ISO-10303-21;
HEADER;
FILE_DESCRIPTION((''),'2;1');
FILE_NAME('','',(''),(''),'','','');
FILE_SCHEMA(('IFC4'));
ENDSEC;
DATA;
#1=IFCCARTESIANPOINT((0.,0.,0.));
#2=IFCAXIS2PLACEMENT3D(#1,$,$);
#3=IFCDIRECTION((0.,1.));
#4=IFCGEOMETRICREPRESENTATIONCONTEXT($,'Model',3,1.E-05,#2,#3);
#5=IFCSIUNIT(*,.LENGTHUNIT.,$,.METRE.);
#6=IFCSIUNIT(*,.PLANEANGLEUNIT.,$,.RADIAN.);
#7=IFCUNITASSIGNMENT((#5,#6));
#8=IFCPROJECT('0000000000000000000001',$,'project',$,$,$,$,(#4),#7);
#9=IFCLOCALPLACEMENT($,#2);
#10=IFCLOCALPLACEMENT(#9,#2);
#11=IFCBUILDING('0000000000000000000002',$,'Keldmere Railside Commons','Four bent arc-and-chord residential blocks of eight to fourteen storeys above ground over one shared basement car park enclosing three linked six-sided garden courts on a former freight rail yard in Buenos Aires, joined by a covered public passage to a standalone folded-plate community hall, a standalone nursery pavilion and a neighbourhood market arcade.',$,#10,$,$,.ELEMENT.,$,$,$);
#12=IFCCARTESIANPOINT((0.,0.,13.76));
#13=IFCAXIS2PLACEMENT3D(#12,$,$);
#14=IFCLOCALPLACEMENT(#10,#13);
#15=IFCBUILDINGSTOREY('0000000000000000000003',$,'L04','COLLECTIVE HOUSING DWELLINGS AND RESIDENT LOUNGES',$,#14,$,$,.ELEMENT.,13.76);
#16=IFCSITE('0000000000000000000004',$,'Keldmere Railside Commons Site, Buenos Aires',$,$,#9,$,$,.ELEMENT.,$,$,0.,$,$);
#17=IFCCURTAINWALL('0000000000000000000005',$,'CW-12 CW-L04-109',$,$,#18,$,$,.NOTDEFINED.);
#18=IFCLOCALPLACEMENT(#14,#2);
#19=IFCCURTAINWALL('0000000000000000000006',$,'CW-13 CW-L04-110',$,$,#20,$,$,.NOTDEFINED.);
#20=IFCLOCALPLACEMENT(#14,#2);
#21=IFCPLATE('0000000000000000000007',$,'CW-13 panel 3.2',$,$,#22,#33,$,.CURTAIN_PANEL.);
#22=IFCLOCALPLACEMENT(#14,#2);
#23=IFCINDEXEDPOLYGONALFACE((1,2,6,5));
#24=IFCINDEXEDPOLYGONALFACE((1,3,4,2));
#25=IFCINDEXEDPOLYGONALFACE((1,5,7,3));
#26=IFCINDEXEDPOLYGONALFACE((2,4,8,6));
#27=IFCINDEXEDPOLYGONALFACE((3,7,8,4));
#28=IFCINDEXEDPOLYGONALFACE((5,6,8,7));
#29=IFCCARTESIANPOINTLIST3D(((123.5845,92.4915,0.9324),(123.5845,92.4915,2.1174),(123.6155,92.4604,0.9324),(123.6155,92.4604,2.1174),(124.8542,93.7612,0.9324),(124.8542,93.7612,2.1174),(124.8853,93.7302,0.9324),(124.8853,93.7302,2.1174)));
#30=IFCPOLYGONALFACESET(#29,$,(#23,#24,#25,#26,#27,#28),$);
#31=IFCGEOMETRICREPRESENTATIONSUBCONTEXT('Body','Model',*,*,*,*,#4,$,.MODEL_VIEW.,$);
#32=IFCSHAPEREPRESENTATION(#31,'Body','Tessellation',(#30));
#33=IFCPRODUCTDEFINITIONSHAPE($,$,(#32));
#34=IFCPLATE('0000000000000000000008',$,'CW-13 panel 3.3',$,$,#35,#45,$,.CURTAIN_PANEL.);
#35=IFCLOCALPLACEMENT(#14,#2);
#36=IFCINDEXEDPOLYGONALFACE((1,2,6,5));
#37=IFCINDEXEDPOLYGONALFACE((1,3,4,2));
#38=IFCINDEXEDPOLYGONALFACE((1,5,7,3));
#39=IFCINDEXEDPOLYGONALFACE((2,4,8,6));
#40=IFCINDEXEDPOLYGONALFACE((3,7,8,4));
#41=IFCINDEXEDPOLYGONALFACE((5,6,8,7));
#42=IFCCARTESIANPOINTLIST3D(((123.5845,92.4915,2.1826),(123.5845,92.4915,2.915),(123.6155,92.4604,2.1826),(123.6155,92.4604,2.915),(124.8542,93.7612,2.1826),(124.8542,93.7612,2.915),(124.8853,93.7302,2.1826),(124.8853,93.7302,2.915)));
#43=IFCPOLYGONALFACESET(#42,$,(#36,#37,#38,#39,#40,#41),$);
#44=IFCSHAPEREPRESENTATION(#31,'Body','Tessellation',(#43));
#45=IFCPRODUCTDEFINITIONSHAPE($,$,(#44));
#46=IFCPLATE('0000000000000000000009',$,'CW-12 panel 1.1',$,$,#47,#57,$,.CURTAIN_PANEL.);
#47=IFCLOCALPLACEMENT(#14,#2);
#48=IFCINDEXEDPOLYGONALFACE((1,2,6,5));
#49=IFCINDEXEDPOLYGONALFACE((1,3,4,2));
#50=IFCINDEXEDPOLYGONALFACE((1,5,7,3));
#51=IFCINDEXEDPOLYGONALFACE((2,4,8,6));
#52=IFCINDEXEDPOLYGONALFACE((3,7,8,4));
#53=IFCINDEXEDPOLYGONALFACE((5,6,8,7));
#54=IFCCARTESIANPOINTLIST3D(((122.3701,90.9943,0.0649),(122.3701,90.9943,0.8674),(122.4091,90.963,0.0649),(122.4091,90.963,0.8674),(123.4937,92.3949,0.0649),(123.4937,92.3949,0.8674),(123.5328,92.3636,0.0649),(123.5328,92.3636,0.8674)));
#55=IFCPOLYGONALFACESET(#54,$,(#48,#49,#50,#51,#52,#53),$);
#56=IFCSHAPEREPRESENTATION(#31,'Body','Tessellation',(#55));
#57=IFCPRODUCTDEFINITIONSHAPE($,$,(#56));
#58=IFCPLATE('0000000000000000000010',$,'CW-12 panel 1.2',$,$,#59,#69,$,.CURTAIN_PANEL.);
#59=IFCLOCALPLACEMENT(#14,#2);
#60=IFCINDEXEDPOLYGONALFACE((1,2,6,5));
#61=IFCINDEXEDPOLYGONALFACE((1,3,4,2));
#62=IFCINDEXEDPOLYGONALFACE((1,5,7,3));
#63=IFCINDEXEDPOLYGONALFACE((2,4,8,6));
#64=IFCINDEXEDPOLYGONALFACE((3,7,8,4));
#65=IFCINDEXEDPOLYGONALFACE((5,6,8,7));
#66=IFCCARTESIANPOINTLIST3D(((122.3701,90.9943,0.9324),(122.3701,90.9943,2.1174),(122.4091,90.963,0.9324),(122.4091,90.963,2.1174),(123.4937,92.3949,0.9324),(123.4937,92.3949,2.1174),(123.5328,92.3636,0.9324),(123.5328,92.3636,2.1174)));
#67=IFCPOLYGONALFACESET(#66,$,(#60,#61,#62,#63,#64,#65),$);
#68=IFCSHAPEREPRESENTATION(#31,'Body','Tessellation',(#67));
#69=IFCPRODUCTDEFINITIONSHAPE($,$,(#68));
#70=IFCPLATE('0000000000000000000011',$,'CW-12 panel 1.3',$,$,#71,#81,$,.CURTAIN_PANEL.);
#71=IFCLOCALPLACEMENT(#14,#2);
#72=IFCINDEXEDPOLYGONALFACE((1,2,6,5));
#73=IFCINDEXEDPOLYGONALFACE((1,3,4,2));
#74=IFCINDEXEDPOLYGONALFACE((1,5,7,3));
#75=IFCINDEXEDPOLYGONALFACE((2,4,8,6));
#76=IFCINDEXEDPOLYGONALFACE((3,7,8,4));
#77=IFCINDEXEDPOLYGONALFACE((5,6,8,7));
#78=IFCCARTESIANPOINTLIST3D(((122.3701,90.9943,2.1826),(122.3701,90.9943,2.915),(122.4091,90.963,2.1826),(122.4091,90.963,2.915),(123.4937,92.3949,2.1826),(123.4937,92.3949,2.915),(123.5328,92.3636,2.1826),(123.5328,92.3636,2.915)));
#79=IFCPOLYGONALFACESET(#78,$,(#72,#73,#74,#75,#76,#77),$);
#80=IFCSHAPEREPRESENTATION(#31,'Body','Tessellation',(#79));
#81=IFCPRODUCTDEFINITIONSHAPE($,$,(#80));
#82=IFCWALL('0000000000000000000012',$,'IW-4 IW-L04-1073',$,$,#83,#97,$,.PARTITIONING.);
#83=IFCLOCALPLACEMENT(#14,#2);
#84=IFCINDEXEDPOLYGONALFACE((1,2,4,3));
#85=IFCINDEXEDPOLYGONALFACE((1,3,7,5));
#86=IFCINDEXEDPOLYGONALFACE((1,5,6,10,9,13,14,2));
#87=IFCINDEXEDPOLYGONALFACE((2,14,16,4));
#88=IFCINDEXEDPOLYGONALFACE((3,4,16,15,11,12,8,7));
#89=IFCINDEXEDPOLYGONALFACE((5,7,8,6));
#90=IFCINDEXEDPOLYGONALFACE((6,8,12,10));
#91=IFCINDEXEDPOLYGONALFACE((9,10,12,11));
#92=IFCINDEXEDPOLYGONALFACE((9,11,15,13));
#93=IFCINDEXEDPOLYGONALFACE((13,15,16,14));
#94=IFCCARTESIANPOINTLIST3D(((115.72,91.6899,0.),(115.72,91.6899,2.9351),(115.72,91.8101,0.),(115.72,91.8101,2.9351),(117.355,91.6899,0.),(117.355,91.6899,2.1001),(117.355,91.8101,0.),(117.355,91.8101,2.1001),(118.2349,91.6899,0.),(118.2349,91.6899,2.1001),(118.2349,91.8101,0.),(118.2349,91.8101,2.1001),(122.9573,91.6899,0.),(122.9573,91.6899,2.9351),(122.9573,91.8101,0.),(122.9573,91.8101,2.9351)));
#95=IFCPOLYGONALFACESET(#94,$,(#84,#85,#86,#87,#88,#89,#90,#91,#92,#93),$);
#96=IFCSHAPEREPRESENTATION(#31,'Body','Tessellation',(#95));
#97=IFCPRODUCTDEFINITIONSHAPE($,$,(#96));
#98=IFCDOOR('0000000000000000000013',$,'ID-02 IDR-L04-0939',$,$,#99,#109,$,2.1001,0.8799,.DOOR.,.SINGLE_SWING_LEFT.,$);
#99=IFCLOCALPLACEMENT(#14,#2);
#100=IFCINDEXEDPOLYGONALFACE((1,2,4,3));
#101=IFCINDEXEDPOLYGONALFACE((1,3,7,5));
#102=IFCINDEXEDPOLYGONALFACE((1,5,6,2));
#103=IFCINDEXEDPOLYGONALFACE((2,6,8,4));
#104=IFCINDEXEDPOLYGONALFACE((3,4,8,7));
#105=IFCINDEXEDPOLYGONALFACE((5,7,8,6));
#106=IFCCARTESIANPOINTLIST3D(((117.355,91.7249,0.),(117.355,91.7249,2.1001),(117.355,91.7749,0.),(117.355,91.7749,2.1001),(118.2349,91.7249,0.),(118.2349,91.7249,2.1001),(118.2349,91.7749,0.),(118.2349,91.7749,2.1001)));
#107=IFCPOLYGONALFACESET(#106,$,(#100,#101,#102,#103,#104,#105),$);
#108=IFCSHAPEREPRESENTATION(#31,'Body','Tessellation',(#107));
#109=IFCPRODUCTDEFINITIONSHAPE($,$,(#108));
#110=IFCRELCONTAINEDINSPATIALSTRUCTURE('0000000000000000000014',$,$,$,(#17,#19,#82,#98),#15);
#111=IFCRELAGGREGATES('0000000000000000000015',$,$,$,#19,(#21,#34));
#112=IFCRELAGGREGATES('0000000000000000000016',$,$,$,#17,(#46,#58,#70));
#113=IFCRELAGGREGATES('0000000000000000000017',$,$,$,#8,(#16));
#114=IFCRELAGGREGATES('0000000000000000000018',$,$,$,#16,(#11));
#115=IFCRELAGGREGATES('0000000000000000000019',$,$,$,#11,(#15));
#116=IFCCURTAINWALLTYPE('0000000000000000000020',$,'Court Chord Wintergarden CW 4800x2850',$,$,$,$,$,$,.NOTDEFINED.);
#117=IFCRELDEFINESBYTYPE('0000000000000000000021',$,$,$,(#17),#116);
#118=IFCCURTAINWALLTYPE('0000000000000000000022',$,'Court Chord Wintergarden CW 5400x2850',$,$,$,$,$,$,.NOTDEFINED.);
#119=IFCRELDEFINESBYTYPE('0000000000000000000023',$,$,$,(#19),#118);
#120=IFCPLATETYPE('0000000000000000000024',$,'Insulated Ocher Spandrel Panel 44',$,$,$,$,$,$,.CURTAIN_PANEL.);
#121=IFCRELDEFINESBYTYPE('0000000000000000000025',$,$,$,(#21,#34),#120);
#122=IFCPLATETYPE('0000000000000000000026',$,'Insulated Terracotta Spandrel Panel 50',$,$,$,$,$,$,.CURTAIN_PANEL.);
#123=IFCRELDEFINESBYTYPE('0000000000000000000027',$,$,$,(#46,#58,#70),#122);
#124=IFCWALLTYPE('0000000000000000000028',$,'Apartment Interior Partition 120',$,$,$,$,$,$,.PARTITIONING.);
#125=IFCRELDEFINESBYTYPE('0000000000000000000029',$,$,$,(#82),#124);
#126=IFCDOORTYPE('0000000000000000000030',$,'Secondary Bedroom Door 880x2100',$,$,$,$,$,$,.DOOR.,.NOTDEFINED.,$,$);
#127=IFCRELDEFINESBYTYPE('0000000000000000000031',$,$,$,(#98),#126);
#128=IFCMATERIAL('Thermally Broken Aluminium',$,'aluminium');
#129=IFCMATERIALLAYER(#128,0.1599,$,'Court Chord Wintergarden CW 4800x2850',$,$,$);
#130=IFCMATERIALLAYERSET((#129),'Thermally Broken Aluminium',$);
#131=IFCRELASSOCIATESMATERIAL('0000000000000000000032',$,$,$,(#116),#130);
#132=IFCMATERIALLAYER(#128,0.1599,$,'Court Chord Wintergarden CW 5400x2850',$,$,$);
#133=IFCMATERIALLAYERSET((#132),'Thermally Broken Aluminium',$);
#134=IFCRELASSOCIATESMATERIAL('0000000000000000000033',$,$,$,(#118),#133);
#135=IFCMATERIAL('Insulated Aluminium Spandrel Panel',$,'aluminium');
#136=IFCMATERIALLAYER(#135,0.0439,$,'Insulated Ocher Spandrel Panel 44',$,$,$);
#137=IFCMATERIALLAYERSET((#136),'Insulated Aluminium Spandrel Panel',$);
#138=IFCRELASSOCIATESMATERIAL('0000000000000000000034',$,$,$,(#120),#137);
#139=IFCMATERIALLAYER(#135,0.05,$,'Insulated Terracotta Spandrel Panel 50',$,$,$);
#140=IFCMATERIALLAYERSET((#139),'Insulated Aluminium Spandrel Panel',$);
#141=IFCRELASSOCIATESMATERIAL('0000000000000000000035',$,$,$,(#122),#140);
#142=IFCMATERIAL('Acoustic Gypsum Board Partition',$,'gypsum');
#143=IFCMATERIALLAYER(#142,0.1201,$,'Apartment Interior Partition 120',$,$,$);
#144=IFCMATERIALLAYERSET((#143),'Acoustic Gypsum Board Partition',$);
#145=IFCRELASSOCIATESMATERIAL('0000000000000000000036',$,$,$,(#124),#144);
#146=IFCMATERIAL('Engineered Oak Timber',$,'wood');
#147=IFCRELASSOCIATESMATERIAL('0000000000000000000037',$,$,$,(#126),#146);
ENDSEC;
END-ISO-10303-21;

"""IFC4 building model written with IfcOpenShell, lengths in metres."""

from ifc_helpers import new_model, si_unit, direction, frame, frame_2d, origin, origin_2d, place, context, subcontext, project, spatial, rectangle, extrude, material, layer, layer_set, type_object, element, fill, aggregate, save


model = new_model("IFC4")

# Units and contexts
model_context = context("Model", 3, precision=1e-05, world=origin(), true_north=direction((0.0, 1.0)))
body_context = subcontext(model_context, "Body", "Model", "MODEL_VIEW")
ifc_project = project(units=[si_unit("LENGTHUNIT", "METRE"), si_unit("PLANEANGLEUNIT", "RADIAN")], contexts=[model_context])

# Site, building, storey
site_placement = place(None, origin())
site = spatial("IfcSite", under=ifc_project, at=site_placement, Name="Keldmere Railside Commons Site, Buenos Aires", CompositionType="ELEMENT", RefElevation=0.0)
building_placement = place(site_placement, origin())
building = spatial("IfcBuilding", under=site, at=building_placement, Name="Keldmere Railside Commons", Description="Four bent arc-and-chord residential blocks of eight to fourteen storeys above ground over one shared basement car park enclosing three linked six-sided garden courts on a former freight rail yard in Buenos Aires, joined by a covered public passage to a standalone folded-plate community hall, a standalone nursery pavilion and a neighbourhood market arcade.", CompositionType="ELEMENT")
storey_placement = place(building_placement, frame((0.0, 0.0, 13.76)))
storey = spatial("IfcBuildingStorey", under=building, at=storey_placement, Name="L04", Description="COLLECTIVE HOUSING DWELLINGS AND RESIDENT LOUNGES", CompositionType="ELEMENT", Elevation=13.76)

# Curtain walls
ifc_material_1 = material(Name="Thermally Broken Aluminium", Category="aluminium")
ifc_layer_1 = layer(ifc_material_1, 0.1599, Name="Court Chord Wintergarden CW 4800x2850")
ifc_layer_set_1 = layer_set([ifc_layer_1], Name="Thermally Broken Aluminium")
curtain_wall_type_1 = type_object("IfcCurtainWallType", Name="Court Chord Wintergarden CW 4800x2850", PredefinedType="NOTDEFINED", material=ifc_layer_set_1)
curtain_wall_1_placement = place(storey_placement, origin())
curtain_wall_1 = element("IfcCurtainWall", 1, at=curtain_wall_1_placement, inside=storey, type_object=curtain_wall_type_1, Name="CW-12 CW-L04-109", PredefinedType="NOTDEFINED")
ifc_layer_2 = layer(ifc_material_1, 0.1599, Name="Court Chord Wintergarden CW 5400x2850")
ifc_layer_set_2 = layer_set([ifc_layer_2], Name="Thermally Broken Aluminium")
curtain_wall_type_2 = type_object("IfcCurtainWallType", Name="Court Chord Wintergarden CW 5400x2850", PredefinedType="NOTDEFINED", material=ifc_layer_set_2)
curtain_wall_2_placement = place(storey_placement, origin())
curtain_wall_2 = element("IfcCurtainWall", 2, at=curtain_wall_2_placement, inside=storey, type_object=curtain_wall_type_2, Name="CW-13 CW-L04-110", PredefinedType="NOTDEFINED")

# Plates
ifc_material_2 = material(Name="Insulated Aluminium Spandrel Panel", Category="aluminium")
ifc_layer_3 = layer(ifc_material_2, 0.0439, Name="Insulated Ocher Spandrel Panel 44")
ifc_layer_set_3 = layer_set([ifc_layer_3], Name="Insulated Aluminium Spandrel Panel")
plate_type_1 = type_object("IfcPlateType", Name="Insulated Ocher Spandrel Panel 44", PredefinedType="CURTAIN_PANEL", material=ifc_layer_set_3)
plate_1_placement = place(storey_placement, frame((124.2349, 93.1108, 0.9324), z_axis=(0.0, 0.0, 1.0), x_axis=(-0.707107, -0.707107, 0.0)))
plate_1 = element("IfcPlate", 3, at=plate_1_placement, type_object=plate_type_1, Name="CW-13 panel 3.2", PredefinedType="CURTAIN_PANEL", context=body_context, shape_type="SweptSolid", body=[
    extrude(rectangle(XDim=1.7957, YDim=0.0439, at=origin_2d()), origin(), (0.0, 0.0, 1.0), 1.1851),
])
plate_2_placement = place(storey_placement, frame((124.2349, 93.1108, 2.1826), z_axis=(0.0, 0.0, 1.0), x_axis=(-0.707107, -0.707107, 0.0)))
plate_2 = element("IfcPlate", 4, at=plate_2_placement, type_object=plate_type_1, Name="CW-13 panel 3.3", PredefinedType="CURTAIN_PANEL", context=body_context, shape_type="SweptSolid", body=[
    extrude(rectangle(XDim=1.7957, YDim=0.0439, at=origin_2d()), origin(), (0.0, 0.0, 1.0), 0.7324),
])
aggregate(curtain_wall_2, [plate_1, plate_2])
ifc_layer_4 = layer(ifc_material_2, 0.05, Name="Insulated Terracotta Spandrel Panel 50")
ifc_layer_set_4 = layer_set([ifc_layer_4], Name="Insulated Aluminium Spandrel Panel")
plate_type_2 = type_object("IfcPlateType", Name="Insulated Terracotta Spandrel Panel 50", PredefinedType="CURTAIN_PANEL", material=ifc_layer_set_4)
plate_3_placement = place(storey_placement, frame((122.9514, 91.679, 0.0649), z_axis=(0.0, 0.0, 1.0), x_axis=(-0.625768, -0.780009, 0.0)))
plate_3 = element("IfcPlate", 5, at=plate_3_placement, type_object=plate_type_2, Name="CW-12 panel 1.1", PredefinedType="CURTAIN_PANEL", context=body_context, shape_type="SweptSolid", body=[
    extrude(rectangle(XDim=1.7957, YDim=0.05, at=origin_2d()), origin(), (0.0, 0.0, 1.0), 0.8025),
])
plate_4_placement = place(storey_placement, frame((122.9514, 91.679, 0.9324), z_axis=(0.0, 0.0, 1.0), x_axis=(-0.625768, -0.780009, 0.0)))
plate_4 = element("IfcPlate", 6, at=plate_4_placement, type_object=plate_type_2, Name="CW-12 panel 1.2", PredefinedType="CURTAIN_PANEL", context=body_context, shape_type="SweptSolid", body=[
    extrude(rectangle(XDim=1.7957, YDim=0.05, at=origin_2d()), origin(), (0.0, 0.0, 1.0), 1.1851),
])
plate_5_placement = place(storey_placement, frame((122.9514, 91.679, 2.1826), z_axis=(0.0, 0.0, 1.0), x_axis=(-0.625768, -0.780009, 0.0)))
plate_5 = element("IfcPlate", 7, at=plate_5_placement, type_object=plate_type_2, Name="CW-12 panel 1.3", PredefinedType="CURTAIN_PANEL", context=body_context, shape_type="SweptSolid", body=[
    extrude(rectangle(XDim=1.7957, YDim=0.05, at=origin_2d()), origin(), (0.0, 0.0, 1.0), 0.7324),
])
aggregate(curtain_wall_1, [plate_3, plate_4, plate_5])

# Wall, opening, door
ifc_material_3 = material(Name="Acoustic Gypsum Board Partition", Category="gypsum")
ifc_layer_5 = layer(ifc_material_3, 0.1201, Name="Apartment Interior Partition 120")
ifc_layer_set_5 = layer_set([ifc_layer_5], Name="Acoustic Gypsum Board Partition")
wall_type = type_object("IfcWallType", Name="Apartment Interior Partition 120", PredefinedType="PARTITIONING", material=ifc_layer_set_5)
wall_placement = place(storey_placement, frame((115.72, 91.75, 0.0), z_axis=(0.0, 0.0, 1.0), x_axis=(1.0, 0.0, 0.0)))
wall = element("IfcWall", 8, at=wall_placement, inside=storey, type_object=wall_type, Name="IW-4 IW-L04-1073", PredefinedType="PARTITIONING", context=body_context, shape_type="SweptSolid", body=[
    extrude(rectangle(XDim=7.2373, YDim=0.1201, at=frame_2d((3.6187, 0.0))), origin(), (0.0, 0.0, 1.0), 2.9351),
])
opening_placement = place(wall_placement, frame((1.635, 0.0, 0.0)))
opening = element("IfcOpeningElement", 9, at=opening_placement, cuts=wall, PredefinedType="OPENING", context=body_context, shape_type="SweptSolid", body=[
    extrude(rectangle(XDim=0.8799, YDim=2.1001, at=frame_2d((0.4399, 1.05))), frame((0.0, 0.0701, 0.0), z_axis=(0.0, -1.0, 0.0), x_axis=(1.0, 0.0, 0.0)), (0.0, 0.0, 1.0), 0.1401),
])
ifc_material_4 = material(Name="Engineered Oak Timber", Category="wood")
door_type = type_object("IfcDoorType", Name="Secondary Bedroom Door 880x2100", OperationType="NOTDEFINED", PredefinedType="DOOR", material=ifc_material_4)
door_placement = place(opening_placement, origin())
door = element("IfcDoor", 10, at=door_placement, inside=storey, type_object=door_type, Name="ID-02 IDR-L04-0939", OperationType="SINGLE_SWING_LEFT", OverallHeight=2.1001, OverallWidth=0.8799, PredefinedType="DOOR", context=body_context, shape_type="SweptSolid", body=[
    extrude(rectangle(XDim=0.8799, YDim=2.1001, at=frame_2d((0.4399, 1.05))), frame((0.0, 0.0249, 0.0), z_axis=(0.0, -1.0, 0.0), x_axis=(1.0, 0.0, 0.0)), (0.0, 0.0, 1.0), 0.05),
])
fill(opening, door)

save(model, "model.ifc")
